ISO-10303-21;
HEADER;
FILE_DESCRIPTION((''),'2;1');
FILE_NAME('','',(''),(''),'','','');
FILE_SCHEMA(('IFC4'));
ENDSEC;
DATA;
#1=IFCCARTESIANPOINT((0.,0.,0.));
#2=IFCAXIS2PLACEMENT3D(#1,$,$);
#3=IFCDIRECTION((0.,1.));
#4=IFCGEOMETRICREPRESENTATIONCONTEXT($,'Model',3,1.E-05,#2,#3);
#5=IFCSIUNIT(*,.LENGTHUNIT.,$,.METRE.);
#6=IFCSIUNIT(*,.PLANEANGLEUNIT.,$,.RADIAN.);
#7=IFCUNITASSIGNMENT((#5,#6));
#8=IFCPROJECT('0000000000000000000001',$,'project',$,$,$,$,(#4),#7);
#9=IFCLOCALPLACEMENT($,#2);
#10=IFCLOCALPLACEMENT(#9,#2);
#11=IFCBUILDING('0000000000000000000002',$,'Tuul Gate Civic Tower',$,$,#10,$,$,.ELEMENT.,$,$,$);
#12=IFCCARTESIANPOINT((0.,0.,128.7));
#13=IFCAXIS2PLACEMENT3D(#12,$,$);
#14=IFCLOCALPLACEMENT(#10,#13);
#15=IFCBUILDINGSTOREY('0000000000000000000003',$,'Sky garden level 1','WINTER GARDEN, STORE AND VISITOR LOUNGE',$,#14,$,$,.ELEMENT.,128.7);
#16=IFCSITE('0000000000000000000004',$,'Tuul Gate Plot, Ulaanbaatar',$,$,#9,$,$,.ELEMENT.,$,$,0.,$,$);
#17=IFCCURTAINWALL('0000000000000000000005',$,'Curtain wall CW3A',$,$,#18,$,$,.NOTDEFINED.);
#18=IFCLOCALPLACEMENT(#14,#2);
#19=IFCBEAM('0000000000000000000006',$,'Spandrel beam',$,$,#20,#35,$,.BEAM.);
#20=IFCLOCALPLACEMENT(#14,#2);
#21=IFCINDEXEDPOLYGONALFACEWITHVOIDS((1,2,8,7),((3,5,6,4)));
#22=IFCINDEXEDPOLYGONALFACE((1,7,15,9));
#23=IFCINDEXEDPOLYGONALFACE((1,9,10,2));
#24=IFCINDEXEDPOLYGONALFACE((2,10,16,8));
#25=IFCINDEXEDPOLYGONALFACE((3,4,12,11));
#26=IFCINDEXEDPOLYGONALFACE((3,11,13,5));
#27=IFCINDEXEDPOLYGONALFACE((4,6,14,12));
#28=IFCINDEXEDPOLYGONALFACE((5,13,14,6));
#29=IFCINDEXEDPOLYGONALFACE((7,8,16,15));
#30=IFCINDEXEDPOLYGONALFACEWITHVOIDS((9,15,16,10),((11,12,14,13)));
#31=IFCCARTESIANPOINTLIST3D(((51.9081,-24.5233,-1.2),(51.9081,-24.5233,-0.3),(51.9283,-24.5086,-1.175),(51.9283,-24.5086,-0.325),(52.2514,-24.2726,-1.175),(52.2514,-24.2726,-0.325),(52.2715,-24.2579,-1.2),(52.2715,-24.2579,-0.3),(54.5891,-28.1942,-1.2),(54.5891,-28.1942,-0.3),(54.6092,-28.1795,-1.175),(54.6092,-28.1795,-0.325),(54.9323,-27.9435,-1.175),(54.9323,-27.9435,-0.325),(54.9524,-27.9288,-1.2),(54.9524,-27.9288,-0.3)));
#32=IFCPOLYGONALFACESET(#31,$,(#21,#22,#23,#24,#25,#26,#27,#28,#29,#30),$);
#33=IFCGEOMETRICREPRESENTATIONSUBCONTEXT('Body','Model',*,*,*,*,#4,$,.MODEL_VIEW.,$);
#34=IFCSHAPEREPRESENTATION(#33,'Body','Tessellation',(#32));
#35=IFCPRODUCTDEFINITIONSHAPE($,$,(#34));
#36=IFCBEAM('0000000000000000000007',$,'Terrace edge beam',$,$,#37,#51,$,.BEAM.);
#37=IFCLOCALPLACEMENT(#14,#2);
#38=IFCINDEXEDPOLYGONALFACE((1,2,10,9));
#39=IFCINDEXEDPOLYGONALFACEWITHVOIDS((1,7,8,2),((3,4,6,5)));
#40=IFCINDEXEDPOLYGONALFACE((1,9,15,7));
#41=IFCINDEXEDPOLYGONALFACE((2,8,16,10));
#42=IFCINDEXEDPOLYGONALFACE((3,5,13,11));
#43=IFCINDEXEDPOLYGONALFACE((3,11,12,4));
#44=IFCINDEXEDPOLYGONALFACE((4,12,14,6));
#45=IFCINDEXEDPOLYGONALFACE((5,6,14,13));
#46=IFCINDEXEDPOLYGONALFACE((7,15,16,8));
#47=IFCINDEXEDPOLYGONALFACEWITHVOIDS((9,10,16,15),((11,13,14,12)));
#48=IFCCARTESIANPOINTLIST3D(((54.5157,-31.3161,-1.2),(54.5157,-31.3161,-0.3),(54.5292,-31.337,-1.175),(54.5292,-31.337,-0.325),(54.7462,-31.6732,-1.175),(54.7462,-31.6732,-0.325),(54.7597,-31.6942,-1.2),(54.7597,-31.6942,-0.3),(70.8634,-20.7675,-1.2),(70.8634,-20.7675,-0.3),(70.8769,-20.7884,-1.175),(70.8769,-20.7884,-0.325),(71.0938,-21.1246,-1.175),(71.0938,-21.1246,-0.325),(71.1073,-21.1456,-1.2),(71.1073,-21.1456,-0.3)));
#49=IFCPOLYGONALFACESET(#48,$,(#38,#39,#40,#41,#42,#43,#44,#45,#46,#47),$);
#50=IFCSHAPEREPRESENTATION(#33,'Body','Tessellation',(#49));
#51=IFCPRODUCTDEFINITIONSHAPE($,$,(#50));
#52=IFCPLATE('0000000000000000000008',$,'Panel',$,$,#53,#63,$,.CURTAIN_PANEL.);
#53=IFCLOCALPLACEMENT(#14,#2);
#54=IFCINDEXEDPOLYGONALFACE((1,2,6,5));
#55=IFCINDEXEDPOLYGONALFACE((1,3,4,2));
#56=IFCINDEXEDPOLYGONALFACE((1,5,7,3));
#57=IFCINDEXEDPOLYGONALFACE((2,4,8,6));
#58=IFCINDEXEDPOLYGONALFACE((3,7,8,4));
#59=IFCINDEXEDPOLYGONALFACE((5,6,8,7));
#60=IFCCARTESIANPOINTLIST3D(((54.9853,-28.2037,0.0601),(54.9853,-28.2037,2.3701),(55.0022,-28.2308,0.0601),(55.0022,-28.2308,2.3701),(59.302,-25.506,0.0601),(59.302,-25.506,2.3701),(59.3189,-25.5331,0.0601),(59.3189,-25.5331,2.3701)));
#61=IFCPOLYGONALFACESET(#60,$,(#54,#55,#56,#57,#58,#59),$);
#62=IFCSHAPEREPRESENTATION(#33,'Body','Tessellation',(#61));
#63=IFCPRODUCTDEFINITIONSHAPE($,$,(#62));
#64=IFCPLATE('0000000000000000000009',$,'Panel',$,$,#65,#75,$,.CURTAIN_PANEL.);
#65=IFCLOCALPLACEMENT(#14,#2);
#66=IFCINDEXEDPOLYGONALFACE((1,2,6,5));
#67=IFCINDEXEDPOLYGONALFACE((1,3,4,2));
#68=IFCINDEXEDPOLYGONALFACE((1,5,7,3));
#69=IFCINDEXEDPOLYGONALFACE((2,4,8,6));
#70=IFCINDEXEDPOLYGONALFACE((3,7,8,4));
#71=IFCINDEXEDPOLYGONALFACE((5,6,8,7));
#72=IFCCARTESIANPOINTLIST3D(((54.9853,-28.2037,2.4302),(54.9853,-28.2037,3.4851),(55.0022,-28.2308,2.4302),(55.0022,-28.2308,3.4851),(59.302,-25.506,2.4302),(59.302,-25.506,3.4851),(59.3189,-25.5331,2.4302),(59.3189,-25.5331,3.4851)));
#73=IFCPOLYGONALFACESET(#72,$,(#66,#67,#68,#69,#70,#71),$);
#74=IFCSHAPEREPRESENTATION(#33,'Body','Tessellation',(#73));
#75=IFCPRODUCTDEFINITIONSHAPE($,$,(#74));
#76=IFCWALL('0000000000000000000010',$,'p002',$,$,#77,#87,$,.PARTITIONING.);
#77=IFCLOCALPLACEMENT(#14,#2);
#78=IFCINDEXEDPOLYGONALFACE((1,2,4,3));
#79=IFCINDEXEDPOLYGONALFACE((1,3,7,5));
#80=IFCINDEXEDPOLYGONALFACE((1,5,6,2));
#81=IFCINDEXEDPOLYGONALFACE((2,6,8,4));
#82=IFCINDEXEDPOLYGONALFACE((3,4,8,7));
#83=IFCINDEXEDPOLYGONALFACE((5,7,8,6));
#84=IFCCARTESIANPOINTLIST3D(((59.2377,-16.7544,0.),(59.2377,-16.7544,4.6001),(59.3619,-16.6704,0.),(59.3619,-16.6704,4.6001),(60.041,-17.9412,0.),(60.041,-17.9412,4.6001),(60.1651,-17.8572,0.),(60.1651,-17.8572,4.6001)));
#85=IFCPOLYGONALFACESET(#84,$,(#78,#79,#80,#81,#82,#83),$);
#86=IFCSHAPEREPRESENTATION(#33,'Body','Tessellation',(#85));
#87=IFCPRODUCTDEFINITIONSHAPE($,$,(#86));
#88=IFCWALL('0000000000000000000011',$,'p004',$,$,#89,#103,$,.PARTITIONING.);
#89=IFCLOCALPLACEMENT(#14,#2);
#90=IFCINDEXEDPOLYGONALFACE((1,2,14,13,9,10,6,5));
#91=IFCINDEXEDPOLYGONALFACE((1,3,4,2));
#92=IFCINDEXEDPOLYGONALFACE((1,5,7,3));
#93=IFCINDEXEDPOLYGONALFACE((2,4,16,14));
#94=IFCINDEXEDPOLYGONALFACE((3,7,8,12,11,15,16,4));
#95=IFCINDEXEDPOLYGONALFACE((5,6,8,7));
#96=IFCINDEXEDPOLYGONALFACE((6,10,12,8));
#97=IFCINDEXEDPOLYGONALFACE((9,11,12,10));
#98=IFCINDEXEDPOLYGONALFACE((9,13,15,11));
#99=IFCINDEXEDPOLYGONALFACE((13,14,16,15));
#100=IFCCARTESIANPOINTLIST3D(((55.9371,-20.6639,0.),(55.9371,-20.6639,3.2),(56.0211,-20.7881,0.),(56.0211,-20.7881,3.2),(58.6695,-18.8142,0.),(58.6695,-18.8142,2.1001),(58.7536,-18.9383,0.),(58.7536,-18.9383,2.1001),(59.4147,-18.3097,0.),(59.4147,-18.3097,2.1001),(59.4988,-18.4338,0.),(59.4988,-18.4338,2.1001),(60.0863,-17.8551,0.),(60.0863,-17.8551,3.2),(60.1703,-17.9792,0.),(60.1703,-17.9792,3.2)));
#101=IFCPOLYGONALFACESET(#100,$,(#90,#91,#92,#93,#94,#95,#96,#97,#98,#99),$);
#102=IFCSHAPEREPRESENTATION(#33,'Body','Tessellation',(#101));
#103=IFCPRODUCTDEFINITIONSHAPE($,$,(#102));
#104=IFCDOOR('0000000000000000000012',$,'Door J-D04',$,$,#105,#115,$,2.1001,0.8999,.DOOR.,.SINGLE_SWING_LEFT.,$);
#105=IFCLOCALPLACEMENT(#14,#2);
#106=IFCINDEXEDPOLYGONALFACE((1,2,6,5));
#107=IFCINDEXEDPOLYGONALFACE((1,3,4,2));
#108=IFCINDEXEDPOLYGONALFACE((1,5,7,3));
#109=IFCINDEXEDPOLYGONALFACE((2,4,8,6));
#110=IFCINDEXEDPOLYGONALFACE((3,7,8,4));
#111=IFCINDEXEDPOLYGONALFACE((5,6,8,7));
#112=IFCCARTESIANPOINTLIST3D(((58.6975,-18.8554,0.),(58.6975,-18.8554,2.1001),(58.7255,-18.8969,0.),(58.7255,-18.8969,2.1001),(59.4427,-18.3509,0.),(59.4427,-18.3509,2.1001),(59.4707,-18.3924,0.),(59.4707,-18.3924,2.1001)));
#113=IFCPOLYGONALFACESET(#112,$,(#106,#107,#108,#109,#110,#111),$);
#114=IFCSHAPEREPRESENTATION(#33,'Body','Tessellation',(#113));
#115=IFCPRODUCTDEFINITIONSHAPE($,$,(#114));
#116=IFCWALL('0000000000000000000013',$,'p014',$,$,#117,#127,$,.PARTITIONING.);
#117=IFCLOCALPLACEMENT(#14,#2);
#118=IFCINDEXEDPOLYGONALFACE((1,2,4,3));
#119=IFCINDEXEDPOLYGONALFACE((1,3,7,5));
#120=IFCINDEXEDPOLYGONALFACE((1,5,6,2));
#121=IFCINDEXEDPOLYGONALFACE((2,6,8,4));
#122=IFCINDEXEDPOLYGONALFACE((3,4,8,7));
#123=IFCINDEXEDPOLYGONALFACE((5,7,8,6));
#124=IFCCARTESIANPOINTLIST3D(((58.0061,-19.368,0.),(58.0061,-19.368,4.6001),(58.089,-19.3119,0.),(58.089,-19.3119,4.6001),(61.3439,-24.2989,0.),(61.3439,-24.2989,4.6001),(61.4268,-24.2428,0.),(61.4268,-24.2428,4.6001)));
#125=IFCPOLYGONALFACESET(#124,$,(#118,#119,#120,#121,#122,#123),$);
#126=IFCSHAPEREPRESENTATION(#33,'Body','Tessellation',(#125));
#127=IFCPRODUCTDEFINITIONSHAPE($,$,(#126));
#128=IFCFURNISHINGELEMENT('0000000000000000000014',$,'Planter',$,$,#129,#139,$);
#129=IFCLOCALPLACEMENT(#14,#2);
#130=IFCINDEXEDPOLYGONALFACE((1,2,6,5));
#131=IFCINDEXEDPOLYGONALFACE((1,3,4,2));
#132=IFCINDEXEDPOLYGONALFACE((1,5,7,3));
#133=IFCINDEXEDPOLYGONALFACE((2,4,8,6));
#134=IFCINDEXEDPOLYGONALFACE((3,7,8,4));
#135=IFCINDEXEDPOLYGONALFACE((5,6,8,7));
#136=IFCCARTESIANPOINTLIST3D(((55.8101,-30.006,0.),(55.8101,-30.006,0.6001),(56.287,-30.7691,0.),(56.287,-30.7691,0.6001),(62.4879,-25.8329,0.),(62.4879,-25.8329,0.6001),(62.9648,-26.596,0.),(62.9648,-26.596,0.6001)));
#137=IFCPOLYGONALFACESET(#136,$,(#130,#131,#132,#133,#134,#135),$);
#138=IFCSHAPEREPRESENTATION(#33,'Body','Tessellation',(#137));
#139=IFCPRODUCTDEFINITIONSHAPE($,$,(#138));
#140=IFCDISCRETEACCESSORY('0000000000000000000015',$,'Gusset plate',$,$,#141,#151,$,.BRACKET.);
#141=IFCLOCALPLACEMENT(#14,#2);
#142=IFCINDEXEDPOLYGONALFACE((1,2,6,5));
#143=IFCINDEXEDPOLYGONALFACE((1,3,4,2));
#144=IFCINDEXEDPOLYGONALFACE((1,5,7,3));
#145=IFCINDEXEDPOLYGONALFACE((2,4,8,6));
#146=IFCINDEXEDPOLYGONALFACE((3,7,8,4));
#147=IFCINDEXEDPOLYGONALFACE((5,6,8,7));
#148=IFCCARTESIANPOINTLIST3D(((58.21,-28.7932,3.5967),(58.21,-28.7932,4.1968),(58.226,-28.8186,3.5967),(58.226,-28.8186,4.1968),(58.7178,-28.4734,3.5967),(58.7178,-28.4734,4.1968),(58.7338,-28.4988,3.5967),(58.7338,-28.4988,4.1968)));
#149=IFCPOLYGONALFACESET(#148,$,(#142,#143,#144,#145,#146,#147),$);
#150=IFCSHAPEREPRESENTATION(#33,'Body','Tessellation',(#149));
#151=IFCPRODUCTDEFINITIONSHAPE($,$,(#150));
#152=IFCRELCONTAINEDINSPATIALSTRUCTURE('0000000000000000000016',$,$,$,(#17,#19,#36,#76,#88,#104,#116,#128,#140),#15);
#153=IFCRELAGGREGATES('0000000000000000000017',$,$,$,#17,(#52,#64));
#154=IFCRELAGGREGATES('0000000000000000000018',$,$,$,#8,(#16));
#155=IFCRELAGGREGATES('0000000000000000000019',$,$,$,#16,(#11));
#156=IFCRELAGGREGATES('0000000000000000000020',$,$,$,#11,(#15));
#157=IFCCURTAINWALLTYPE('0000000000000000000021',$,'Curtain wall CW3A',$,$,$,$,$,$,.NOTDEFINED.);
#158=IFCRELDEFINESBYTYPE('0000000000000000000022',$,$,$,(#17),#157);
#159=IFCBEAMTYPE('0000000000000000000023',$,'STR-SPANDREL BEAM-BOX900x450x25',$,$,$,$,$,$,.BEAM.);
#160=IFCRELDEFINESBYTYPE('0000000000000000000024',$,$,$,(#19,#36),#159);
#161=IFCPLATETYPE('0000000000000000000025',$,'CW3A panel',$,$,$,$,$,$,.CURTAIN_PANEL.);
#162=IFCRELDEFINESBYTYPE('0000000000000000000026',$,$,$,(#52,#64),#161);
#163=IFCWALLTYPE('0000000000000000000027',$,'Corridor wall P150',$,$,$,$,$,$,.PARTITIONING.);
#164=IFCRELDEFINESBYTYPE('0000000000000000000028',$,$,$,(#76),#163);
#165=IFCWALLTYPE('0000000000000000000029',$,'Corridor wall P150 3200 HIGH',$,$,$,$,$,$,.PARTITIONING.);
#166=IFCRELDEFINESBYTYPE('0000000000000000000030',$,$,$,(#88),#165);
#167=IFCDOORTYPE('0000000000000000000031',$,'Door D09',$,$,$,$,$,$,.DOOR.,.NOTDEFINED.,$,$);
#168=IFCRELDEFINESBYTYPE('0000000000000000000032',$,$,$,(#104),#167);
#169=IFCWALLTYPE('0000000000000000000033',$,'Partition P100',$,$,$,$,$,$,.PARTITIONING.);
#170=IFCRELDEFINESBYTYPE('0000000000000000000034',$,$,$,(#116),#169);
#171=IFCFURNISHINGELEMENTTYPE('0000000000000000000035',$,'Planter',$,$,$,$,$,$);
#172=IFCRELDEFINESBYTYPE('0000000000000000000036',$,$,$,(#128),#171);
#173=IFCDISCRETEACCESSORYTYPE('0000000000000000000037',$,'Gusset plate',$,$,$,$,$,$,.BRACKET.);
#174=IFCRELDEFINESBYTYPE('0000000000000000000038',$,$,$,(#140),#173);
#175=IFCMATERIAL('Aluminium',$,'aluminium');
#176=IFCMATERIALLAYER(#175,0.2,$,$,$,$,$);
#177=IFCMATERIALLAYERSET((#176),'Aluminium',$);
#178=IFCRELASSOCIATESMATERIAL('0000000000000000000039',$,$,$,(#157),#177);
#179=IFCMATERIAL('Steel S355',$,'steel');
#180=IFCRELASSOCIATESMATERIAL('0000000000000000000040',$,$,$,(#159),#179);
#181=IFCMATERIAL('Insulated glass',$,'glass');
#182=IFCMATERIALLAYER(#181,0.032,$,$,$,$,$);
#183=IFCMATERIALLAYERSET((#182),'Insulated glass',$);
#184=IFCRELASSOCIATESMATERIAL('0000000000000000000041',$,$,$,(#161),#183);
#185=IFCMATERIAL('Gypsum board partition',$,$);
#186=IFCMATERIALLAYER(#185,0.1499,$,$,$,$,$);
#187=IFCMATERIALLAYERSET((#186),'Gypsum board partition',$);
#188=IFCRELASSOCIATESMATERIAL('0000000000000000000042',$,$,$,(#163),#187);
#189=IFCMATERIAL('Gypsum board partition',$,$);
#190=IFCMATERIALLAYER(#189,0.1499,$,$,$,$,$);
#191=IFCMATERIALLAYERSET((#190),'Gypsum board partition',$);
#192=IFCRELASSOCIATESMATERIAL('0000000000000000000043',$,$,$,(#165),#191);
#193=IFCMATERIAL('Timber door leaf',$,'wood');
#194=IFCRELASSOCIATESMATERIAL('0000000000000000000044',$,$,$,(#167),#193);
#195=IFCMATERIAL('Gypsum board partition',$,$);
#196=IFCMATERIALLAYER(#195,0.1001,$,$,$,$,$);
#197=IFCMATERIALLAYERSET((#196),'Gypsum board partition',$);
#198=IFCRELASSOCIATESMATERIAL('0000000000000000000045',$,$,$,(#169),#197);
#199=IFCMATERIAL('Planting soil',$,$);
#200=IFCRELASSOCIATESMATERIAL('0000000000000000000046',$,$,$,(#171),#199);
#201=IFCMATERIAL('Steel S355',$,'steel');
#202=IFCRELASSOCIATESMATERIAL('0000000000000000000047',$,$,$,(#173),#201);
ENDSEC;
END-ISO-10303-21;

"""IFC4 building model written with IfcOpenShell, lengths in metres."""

from ifc_helpers import new_model, si_unit, direction, frame, frame_2d, origin, origin_2d, place, context, subcontext, project, spatial, rectangle, hollow_rectangle, extrude, material, layer, layer_set, material_profile, profile_set, type_object, element, fill, aggregate, save


model = new_model("IFC4")

# Units and contexts
model_context = context("Model", 3, precision=1e-05, world=origin(), true_north=direction((0.0, 1.0)))
body_context = subcontext(model_context, "Body", "Model", "MODEL_VIEW")
ifc_project = project(units=[si_unit("LENGTHUNIT", "METRE"), si_unit("PLANEANGLEUNIT", "RADIAN")], contexts=[model_context])

# Site, building, storey
site_placement = place(None, origin())
site = spatial("IfcSite", under=ifc_project, at=site_placement, Name="Tuul Gate Plot, Ulaanbaatar", CompositionType="ELEMENT", RefElevation=0.0)
building_placement = place(site_placement, origin())
building = spatial("IfcBuilding", under=site, at=building_placement, Name="Tuul Gate Civic Tower", CompositionType="ELEMENT")
storey_placement = place(building_placement, frame((0.0, 0.0, 128.7)))
storey = spatial("IfcBuildingStorey", under=building, at=storey_placement, Name="Sky garden level 1", Description="WINTER GARDEN, STORE AND VISITOR LOUNGE", CompositionType="ELEMENT", Elevation=128.7)

# Curtain wall
ifc_material_1 = material(Name="Aluminium", Category="aluminium")
ifc_layer_1 = layer(ifc_material_1, 0.2)
ifc_layer_set_1 = layer_set([ifc_layer_1], Name="Aluminium")
curtain_wall_type_1 = type_object("IfcCurtainWallType", Name="Curtain wall CW3A", PredefinedType="NOTDEFINED", material=ifc_layer_set_1)
curtain_wall_1_placement = place(storey_placement, origin())
curtain_wall_1 = element("IfcCurtainWall", 1, at=curtain_wall_1_placement, inside=storey, type_object=curtain_wall_type_1, Name="Curtain wall CW3A", PredefinedType="NOTDEFINED")

# Beams
ifc_material_2 = material(Name="Steel S355", Category="steel")
ifc_material_profile_1 = material_profile(ifc_material_2, hollow_rectangle(XDim=0.45, YDim=0.8999, WallThickness=0.0249, at=origin_2d()), Name="BOX900x450x25")
ifc_profile_set_1 = profile_set([ifc_material_profile_1], Name="Steel S355")
beam_type_1 = type_object("IfcBeamType", Name="STR-SPANDREL BEAM-BOX900x450x25", PredefinedType="BEAM", material=ifc_profile_set_1)
beam_1_placement = place(storey_placement, frame((54.7708, -28.0615, -0.75), z_axis=(-0.589777, 0.807566, 0.0), x_axis=(-0.807566, -0.589777, 0.0)))
element("IfcBeam", 2, at=beam_1_placement, inside=storey, type_object=beam_type_1, Name="Spandrel beam", PredefinedType="BEAM", context=body_context, shape_type="SweptSolid", body=[
    extrude(hollow_rectangle(XDim=0.45, YDim=0.8999, WallThickness=0.0249, at=origin_2d()), origin(), (0.0, 0.0, 1.0), 4.5457),
])
beam_2_placement = place(storey_placement, frame((54.6377, -31.5051, -0.75), z_axis=(0.840257, 0.542189, 0.0), x_axis=(-0.542189, 0.840257, 0.0)))
element("IfcBeam", 3, at=beam_2_placement, inside=storey, type_object=beam_type_1, Name="Terrace edge beam", PredefinedType="BEAM", context=body_context, shape_type="SweptSolid", body=[
    extrude(hollow_rectangle(XDim=0.45, YDim=0.8999, WallThickness=0.0249, at=origin_2d()), origin(), (0.0, 0.0, 1.0), 19.4556),
])

# Plates
ifc_material_3 = material(Name="Insulated glass", Category="glass")
ifc_layer_2 = layer(ifc_material_3, 0.032)
ifc_layer_set_2 = layer_set([ifc_layer_2], Name="Insulated glass")
plate_type = type_object("IfcPlateType", Name="CW3A panel", PredefinedType="CURTAIN_PANEL", material=ifc_layer_set_2)
plate_1_placement = place(storey_placement, frame((57.1521, -26.8684, 0.0601), z_axis=(0.0, 0.0, 1.0), x_axis=(0.848024, 0.529958, 0.0)))
plate_1 = element("IfcPlate", 4, at=plate_1_placement, type_object=plate_type, Name="Panel", PredefinedType="CURTAIN_PANEL", context=body_context, shape_type="SweptSolid", body=[
    extrude(rectangle(XDim=5.0903, YDim=0.032, at=origin_2d()), origin(), (0.0, 0.0, 1.0), 2.3101),
])
plate_2_placement = place(storey_placement, frame((57.1521, -26.8684, 2.4302), z_axis=(0.0, 0.0, 1.0), x_axis=(0.848024, 0.529958, 0.0)))
plate_2 = element("IfcPlate", 5, at=plate_2_placement, type_object=plate_type, Name="Panel", PredefinedType="CURTAIN_PANEL", context=body_context, shape_type="SweptSolid", body=[
    extrude(rectangle(XDim=5.0903, YDim=0.032, at=origin_2d()), origin(), (0.0, 0.0, 1.0), 1.0549),
])
aggregate(curtain_wall_1, [plate_1, plate_2])

# Wall
ifc_material_4 = material(Name="Gypsum board partition")
ifc_layer_3 = layer(ifc_material_4, 0.1499)
ifc_layer_set_3 = layer_set([ifc_layer_3], Name="Gypsum board partition")
wall_type_1 = type_object("IfcWallType", Name="Corridor wall P150", PredefinedType="PARTITIONING", material=ifc_layer_set_3)
wall_1_placement = place(storey_placement, frame((59.2998, -16.7124, 0.0), z_axis=(0.0, 0.0, 1.0), x_axis=(0.560505, -0.828151, 0.0)))
element("IfcWall", 6, at=wall_1_placement, inside=storey, type_object=wall_type_1, Name="p002", PredefinedType="PARTITIONING", context=body_context, shape_type="SweptSolid", body=[
    extrude(rectangle(XDim=1.4331, YDim=0.1499, at=frame_2d((0.7166, 0.0))), origin(), (0.0, 0.0, 1.0), 4.6001),
])

# Wall, opening, door
ifc_material_5 = material(Name="Gypsum board partition")
ifc_layer_4 = layer(ifc_material_5, 0.1499)
ifc_layer_set_4 = layer_set([ifc_layer_4], Name="Gypsum board partition")
wall_type_2 = type_object("IfcWallType", Name="Corridor wall P150 3200 HIGH", PredefinedType="PARTITIONING", material=ifc_layer_set_4)
wall_2_placement = place(storey_placement, frame((55.979, -20.7261, 0.0), z_axis=(0.0, 0.0, 1.0), x_axis=(0.828094, 0.56059, 0.0)))
wall_2 = element("IfcWall", 7, at=wall_2_placement, inside=storey, type_object=wall_type_2, Name="p004", PredefinedType="PARTITIONING", context=body_context, shape_type="SweptSolid", body=[
    extrude(rectangle(XDim=5.0105, YDim=0.1499, at=frame_2d((2.5054, 0.0))), origin(), (0.0, 0.0, 1.0), 3.2),
])
opening_placement = place(wall_2_placement, frame((3.2998, 0.0, 0.0)))
opening = element("IfcOpeningElement", 8, at=opening_placement, cuts=wall_2, PredefinedType="OPENING", context=body_context, shape_type="SweptSolid", body=[
    extrude(rectangle(XDim=0.8999, YDim=2.1001, at=frame_2d((0.45, 1.05))), frame((0.0, 0.085, 0.0), z_axis=(0.0, -1.0, 0.0), x_axis=(1.0, 0.0, 0.0)), (0.0, 0.0, 1.0), 0.1699),
])
ifc_material_6 = material(Name="Timber door leaf", Category="wood")
door_type = type_object("IfcDoorType", Name="Door D09", OperationType="NOTDEFINED", PredefinedType="DOOR", material=ifc_material_6)
door_placement = place(opening_placement, frame((0.8999, 0.0, 0.0), z_axis=(0.0, 0.0, 1.0), x_axis=(-1.0, 0.0, 0.0)))
door = element("IfcDoor", 9, at=door_placement, inside=storey, type_object=door_type, Name="Door J-D04", OperationType="SINGLE_SWING_LEFT", OverallHeight=2.1001, OverallWidth=0.8999, PredefinedType="DOOR", context=body_context, shape_type="SweptSolid", body=[
    extrude(rectangle(XDim=0.8999, YDim=2.1001, at=frame_2d((0.45, 1.05))), frame((0.0, 0.0249, 0.0), z_axis=(0.0, -1.0, 0.0), x_axis=(1.0, 0.0, 0.0)), (0.0, 0.0, 1.0), 0.05),
])
fill(opening, door)

# Wall
ifc_material_7 = material(Name="Gypsum board partition")
ifc_layer_5 = layer(ifc_material_7, 0.1001)
ifc_layer_set_5 = layer_set([ifc_layer_5], Name="Gypsum board partition")
wall_type_3 = type_object("IfcWallType", Name="Partition P100", PredefinedType="PARTITIONING", material=ifc_layer_set_5)
wall_3_placement = place(storey_placement, frame((58.0476, -19.3401, 0.0), z_axis=(0.0, 0.0, 1.0), x_axis=(0.560572, -0.828106, 0.0)))
element("IfcWall", 10, at=wall_3_placement, inside=storey, type_object=wall_type_3, Name="p014", PredefinedType="PARTITIONING", context=body_context, shape_type="SweptSolid", body=[
    extrude(rectangle(XDim=5.9543, YDim=0.1001, at=frame_2d((2.9771, 0.0))), origin(), (0.0, 0.0, 1.0), 4.6001),
])

# Furnishing element
ifc_material_8 = material(Name="Planting soil")
furnishing_element_type = type_object("IfcFurnishingElementType", Name="Planter", material=ifc_material_8)
furnishing_placement = place(storey_placement, frame((59.3875, -28.301, 0.0), z_axis=(0.0, 0.0, 1.0), x_axis=(0.848029, 0.52995, 0.0)))
element("IfcFurnishingElement", 11, at=furnishing_placement, inside=storey, type_object=furnishing_element_type, Name="Planter", context=body_context, shape_type="SweptSolid", body=[
    extrude(rectangle(XDim=7.8745, YDim=0.8999, at=origin_2d()), origin(), (0.0, 0.0, 1.0), 0.6001),
])

# Discrete accessory
ifc_material_9 = material(Name="Steel S355", Category="steel")
discrete_accessory_type = type_object("IfcDiscreteAccessoryType", Name="Gusset plate", PredefinedType="BRACKET", material=ifc_material_9)
discrete_accessory_placement = place(storey_placement, frame((58.4719, -28.646, 3.5967), z_axis=(0.0, 0.0, 1.0), x_axis=(0.846187, 0.532886, 0.0)))
element("IfcDiscreteAccessory", 12, at=discrete_accessory_placement, inside=storey, type_object=discrete_accessory_type, Name="Gusset plate", PredefinedType="BRACKET", context=body_context, shape_type="SweptSolid", body=[
    extrude(rectangle(XDim=0.6001, YDim=0.03, at=origin_2d()), origin(), (0.0, 0.0, 1.0), 0.6001),
])

save(model, "model.ifc")
